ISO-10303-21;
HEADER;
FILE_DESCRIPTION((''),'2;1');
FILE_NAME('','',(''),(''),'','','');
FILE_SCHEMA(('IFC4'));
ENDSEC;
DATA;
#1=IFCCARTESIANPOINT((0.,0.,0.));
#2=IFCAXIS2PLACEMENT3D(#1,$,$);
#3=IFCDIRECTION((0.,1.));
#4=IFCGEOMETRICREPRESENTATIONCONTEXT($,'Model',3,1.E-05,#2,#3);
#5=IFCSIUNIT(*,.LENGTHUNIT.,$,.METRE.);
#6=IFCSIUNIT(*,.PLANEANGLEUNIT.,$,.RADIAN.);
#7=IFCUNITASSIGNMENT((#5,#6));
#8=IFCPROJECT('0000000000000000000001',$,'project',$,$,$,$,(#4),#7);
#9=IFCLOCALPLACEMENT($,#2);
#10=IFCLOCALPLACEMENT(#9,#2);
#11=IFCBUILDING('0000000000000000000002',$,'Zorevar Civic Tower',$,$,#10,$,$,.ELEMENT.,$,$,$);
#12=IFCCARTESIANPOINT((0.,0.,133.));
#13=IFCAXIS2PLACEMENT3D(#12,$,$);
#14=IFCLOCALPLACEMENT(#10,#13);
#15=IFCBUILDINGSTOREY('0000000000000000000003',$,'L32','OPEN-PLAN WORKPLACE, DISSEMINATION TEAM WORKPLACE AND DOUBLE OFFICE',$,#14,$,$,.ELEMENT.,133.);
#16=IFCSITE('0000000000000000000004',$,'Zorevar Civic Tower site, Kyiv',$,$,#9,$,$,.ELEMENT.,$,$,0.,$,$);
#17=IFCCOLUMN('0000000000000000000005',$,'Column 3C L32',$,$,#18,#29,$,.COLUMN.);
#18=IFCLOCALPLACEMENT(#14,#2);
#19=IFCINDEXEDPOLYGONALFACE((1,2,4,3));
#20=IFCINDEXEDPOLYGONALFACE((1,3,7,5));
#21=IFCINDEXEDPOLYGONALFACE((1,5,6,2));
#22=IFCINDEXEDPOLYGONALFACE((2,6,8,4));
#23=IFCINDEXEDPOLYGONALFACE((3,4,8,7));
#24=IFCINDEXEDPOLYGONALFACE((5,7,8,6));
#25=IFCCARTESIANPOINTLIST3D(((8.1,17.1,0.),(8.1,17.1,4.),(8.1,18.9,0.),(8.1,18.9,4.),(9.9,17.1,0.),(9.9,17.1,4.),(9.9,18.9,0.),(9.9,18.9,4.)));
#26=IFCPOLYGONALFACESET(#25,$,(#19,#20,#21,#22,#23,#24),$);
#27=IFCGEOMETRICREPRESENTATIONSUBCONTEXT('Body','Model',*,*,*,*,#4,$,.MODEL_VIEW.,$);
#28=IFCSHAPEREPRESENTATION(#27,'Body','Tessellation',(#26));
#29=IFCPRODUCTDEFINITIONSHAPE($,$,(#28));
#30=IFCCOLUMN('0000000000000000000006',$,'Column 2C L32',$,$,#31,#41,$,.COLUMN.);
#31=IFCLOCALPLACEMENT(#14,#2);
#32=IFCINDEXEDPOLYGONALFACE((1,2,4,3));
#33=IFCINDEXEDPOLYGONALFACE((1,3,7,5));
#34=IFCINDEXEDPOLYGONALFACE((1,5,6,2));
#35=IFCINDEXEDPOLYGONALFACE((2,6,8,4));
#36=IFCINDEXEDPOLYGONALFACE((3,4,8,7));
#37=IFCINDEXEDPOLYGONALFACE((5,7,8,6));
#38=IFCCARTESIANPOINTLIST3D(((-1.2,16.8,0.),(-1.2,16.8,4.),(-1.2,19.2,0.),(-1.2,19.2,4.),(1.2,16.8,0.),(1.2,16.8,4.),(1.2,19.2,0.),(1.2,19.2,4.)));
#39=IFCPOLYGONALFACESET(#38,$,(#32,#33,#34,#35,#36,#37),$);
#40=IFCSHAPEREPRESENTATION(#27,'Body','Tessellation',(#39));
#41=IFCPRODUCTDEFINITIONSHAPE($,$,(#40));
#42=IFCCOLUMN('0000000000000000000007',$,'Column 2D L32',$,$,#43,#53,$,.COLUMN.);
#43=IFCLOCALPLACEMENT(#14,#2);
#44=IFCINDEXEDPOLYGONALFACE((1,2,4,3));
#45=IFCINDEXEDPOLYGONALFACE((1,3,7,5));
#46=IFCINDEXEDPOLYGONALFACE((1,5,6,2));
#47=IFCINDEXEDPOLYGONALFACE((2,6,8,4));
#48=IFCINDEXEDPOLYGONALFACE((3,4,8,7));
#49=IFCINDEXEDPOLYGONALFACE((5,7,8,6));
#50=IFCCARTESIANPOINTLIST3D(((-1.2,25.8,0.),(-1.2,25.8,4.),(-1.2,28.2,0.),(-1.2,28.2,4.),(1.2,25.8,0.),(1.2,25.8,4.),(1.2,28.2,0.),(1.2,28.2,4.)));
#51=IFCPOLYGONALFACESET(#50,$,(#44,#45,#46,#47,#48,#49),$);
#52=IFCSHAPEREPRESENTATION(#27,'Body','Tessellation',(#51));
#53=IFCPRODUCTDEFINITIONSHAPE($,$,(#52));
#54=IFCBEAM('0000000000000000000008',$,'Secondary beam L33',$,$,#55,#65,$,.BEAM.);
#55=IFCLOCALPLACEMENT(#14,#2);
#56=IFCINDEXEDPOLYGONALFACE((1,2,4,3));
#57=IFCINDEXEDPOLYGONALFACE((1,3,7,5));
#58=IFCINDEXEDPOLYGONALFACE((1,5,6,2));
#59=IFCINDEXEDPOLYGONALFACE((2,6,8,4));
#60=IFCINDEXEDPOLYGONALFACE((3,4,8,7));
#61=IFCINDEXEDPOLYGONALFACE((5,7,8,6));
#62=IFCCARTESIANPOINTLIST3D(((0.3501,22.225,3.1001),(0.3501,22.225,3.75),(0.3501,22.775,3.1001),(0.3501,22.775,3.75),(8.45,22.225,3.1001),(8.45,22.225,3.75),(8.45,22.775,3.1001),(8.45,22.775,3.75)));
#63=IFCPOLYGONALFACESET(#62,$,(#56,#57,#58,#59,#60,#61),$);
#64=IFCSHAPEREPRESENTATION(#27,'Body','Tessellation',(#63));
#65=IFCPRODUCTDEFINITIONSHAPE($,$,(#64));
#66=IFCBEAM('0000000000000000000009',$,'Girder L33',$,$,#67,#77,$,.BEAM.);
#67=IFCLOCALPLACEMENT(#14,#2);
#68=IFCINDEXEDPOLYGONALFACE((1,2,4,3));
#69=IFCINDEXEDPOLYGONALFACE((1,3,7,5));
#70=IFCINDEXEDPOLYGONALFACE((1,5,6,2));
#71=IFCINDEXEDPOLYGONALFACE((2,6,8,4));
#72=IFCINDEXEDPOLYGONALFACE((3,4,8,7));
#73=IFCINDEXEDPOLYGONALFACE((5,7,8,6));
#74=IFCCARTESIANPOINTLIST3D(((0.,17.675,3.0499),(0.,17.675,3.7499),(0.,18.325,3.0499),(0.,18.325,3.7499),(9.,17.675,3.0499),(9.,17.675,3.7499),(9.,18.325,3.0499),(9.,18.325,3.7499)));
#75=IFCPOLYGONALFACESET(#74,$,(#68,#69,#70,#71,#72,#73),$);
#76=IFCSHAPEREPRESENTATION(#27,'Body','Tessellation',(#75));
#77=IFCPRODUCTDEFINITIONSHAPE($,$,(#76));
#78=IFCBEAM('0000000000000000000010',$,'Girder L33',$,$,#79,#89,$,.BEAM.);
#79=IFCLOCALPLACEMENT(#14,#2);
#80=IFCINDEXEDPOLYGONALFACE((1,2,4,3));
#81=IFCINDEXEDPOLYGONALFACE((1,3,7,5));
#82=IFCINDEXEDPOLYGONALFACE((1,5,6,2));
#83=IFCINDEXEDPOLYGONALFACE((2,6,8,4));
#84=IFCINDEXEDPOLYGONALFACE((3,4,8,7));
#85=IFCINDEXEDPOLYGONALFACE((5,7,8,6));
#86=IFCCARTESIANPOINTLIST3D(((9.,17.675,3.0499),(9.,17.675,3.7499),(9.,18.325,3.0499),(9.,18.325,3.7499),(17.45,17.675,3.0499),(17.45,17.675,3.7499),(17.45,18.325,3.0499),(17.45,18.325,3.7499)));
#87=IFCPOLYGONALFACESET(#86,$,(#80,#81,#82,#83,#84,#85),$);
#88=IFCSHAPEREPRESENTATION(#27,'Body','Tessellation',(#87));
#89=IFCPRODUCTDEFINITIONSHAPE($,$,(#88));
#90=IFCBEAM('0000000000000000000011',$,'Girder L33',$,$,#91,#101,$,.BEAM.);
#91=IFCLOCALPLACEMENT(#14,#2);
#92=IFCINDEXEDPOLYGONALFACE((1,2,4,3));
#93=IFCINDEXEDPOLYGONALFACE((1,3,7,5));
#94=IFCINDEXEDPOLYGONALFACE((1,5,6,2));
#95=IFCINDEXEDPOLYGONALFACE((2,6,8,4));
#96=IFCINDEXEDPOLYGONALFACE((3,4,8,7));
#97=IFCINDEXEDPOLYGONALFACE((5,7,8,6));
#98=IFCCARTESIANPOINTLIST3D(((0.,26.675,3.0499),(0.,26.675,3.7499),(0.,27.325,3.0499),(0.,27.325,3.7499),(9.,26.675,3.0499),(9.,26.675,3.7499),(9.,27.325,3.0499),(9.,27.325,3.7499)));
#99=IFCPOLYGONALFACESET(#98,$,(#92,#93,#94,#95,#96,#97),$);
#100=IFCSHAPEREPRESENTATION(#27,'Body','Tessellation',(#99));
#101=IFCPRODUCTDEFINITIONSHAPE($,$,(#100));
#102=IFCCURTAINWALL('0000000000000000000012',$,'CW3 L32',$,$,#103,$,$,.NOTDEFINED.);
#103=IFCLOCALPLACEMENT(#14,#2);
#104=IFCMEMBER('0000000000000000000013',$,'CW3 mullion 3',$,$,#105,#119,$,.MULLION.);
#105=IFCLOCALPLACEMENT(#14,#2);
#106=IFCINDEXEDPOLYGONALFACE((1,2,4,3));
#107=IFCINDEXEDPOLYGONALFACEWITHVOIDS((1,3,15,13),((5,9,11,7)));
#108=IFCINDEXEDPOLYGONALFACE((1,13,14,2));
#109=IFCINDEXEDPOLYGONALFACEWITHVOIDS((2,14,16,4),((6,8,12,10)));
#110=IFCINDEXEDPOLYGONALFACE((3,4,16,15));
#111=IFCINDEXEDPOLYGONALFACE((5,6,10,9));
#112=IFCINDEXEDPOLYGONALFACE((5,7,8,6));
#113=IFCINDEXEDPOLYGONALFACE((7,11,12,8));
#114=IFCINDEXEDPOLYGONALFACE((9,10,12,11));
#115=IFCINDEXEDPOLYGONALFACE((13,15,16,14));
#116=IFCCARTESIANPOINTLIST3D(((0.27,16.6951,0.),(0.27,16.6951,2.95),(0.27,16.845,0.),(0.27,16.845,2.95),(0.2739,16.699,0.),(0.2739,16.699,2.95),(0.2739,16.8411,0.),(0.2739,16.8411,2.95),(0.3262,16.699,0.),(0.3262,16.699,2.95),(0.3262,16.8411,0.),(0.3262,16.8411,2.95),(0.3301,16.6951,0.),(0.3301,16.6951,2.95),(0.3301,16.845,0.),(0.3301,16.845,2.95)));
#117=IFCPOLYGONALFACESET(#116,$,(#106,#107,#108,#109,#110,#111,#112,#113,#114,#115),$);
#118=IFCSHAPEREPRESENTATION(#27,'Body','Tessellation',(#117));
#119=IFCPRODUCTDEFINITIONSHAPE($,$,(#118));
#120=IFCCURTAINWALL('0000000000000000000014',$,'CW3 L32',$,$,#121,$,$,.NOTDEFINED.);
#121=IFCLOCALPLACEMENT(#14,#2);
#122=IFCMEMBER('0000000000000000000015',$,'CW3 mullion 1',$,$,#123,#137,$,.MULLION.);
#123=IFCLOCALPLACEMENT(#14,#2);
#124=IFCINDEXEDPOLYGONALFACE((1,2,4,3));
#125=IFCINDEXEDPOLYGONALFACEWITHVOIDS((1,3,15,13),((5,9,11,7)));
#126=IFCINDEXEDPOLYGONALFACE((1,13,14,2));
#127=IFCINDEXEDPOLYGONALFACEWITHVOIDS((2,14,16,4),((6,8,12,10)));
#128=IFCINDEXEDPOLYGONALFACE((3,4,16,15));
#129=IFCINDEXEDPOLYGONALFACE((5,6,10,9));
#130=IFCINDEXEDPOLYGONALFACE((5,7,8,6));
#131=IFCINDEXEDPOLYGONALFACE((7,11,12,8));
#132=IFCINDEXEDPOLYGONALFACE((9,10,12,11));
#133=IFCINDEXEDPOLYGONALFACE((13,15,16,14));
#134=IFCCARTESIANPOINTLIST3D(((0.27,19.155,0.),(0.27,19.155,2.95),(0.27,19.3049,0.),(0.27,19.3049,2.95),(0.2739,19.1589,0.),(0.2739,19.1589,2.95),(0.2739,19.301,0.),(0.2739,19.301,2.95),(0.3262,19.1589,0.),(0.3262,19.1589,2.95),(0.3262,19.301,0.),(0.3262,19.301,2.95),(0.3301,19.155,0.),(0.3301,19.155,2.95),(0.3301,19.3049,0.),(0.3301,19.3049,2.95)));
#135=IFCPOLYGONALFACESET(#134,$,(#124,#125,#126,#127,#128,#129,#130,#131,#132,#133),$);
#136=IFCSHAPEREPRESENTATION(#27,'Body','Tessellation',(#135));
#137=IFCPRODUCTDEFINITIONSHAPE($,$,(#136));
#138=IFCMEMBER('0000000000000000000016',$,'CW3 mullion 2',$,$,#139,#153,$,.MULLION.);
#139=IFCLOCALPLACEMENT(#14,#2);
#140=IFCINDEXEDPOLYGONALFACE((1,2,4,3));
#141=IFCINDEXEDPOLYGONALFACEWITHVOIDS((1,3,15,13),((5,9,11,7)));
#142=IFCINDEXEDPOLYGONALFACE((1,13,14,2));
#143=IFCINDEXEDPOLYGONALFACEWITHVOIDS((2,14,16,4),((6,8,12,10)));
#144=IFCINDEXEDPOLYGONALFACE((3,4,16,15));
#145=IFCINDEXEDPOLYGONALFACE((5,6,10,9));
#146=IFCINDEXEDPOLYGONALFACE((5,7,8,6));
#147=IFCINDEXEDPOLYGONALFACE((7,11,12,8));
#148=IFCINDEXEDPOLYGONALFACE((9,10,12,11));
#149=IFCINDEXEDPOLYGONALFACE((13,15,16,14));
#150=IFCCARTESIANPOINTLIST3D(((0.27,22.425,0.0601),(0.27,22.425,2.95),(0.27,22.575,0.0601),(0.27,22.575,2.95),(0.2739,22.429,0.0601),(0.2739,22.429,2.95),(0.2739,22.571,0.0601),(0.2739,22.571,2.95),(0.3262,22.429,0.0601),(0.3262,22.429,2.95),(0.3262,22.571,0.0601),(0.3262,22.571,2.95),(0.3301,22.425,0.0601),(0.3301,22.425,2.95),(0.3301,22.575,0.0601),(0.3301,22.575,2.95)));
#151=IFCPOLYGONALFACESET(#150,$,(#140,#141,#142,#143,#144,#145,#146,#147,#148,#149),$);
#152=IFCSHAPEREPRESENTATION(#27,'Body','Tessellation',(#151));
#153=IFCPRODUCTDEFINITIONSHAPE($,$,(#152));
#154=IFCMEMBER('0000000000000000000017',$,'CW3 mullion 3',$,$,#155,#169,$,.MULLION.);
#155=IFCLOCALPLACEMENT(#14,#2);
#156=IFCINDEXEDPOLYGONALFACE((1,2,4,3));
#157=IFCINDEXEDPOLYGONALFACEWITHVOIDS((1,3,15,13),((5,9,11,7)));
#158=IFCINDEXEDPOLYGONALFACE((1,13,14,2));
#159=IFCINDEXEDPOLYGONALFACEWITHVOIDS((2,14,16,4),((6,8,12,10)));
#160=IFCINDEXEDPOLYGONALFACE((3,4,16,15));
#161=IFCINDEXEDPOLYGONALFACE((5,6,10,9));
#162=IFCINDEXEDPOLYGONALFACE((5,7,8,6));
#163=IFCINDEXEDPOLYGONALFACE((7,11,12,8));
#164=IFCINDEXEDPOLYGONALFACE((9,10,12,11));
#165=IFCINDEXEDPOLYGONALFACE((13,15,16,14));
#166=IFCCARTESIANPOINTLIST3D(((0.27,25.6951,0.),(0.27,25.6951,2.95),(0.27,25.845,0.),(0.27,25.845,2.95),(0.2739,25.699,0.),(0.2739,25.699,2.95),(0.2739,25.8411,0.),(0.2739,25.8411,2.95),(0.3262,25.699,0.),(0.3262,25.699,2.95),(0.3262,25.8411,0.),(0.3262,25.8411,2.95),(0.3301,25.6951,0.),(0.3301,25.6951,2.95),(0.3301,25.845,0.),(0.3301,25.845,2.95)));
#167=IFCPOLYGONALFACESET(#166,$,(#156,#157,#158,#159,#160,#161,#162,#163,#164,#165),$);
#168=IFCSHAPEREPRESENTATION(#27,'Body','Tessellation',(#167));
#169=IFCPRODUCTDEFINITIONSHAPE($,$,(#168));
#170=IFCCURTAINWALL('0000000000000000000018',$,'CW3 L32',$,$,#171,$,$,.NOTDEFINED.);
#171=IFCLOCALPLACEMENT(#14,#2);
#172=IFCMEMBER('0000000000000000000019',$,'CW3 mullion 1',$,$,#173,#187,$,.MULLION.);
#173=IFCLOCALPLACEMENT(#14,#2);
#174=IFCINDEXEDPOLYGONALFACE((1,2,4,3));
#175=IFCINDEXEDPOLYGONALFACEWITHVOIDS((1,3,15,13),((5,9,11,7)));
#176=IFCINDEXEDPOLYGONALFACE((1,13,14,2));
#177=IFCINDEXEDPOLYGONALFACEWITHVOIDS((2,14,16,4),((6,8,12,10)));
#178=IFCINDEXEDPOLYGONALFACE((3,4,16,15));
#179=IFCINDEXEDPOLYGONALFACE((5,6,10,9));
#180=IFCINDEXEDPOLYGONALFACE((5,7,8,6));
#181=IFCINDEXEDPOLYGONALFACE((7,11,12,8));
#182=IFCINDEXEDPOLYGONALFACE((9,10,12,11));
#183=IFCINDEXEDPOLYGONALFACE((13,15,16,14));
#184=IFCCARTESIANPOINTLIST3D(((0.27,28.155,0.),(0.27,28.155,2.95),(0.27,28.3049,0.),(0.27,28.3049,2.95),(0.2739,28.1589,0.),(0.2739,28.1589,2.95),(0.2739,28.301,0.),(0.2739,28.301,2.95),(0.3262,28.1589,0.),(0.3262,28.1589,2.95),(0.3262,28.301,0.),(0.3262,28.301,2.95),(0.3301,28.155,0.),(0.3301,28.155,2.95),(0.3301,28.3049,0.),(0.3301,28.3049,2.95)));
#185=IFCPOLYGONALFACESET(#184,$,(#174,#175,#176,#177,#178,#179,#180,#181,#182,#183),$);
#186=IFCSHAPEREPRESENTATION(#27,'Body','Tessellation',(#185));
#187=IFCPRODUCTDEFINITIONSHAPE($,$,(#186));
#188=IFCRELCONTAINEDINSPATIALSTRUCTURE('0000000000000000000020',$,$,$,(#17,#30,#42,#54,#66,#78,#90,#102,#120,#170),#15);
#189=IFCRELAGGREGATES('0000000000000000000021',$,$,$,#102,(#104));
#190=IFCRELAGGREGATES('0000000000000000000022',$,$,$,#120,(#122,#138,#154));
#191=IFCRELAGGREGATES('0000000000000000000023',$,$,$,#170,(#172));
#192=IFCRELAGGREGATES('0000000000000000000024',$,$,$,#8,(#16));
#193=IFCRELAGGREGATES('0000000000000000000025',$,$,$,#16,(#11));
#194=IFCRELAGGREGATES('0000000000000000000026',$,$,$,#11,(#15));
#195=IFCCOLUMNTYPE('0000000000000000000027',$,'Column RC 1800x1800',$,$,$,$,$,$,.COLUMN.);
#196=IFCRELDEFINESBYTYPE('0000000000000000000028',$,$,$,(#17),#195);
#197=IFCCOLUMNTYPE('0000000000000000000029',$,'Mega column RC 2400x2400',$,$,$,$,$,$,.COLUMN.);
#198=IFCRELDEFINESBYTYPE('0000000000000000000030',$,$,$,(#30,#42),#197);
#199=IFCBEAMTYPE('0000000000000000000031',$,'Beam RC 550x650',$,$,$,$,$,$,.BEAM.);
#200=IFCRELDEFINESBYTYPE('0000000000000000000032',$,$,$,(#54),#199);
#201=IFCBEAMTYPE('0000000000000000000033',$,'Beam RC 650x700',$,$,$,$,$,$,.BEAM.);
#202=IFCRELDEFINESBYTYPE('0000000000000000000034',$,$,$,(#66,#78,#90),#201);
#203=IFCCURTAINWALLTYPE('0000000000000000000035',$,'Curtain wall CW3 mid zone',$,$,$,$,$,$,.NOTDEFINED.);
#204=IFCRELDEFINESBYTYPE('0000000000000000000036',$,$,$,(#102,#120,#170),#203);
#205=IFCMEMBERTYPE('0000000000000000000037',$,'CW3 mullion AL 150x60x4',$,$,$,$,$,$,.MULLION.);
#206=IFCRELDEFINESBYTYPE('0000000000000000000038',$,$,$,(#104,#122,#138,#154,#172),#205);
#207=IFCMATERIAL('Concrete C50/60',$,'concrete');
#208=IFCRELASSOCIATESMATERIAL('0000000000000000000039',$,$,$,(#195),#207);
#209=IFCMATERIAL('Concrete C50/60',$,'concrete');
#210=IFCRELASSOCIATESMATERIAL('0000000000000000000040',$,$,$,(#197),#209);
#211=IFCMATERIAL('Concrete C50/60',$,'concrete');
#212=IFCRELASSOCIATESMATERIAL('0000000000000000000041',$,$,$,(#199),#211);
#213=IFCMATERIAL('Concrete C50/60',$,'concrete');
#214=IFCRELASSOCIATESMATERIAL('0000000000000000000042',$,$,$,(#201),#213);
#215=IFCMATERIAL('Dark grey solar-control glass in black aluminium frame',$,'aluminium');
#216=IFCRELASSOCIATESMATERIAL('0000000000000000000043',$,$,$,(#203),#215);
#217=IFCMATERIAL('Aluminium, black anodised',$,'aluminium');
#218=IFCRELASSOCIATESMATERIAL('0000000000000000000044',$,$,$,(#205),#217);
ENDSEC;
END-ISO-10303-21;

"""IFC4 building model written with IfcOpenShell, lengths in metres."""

from ifc_helpers import new_model, si_unit, direction, frame, origin, origin_2d, place, context, subcontext, project, spatial, rectangle, hollow_rectangle, extrude, material, material_profile, profile_set, type_object, element, aggregate, save


model = new_model("IFC4")

# Units and contexts
model_context = context("Model", 3, precision=1e-05, world=origin(), true_north=direction((0.0, 1.0)))
body_context = subcontext(model_context, "Body", "Model", "MODEL_VIEW")
ifc_project = project(units=[si_unit("LENGTHUNIT", "METRE"), si_unit("PLANEANGLEUNIT", "RADIAN")], contexts=[model_context])

# Site, building, storey
site_placement = place(None, origin())
site = spatial("IfcSite", under=ifc_project, at=site_placement, Name="Zorevar Civic Tower site, Kyiv", CompositionType="ELEMENT", RefElevation=0.0)
building_placement = place(site_placement, origin())
building = spatial("IfcBuilding", under=site, at=building_placement, Name="Zorevar Civic Tower", CompositionType="ELEMENT")
storey_placement = place(building_placement, frame((0.0, 0.0, 133.0)))
storey = spatial("IfcBuildingStorey", under=building, at=storey_placement, Name="L32", Description="OPEN-PLAN WORKPLACE, DISSEMINATION TEAM WORKPLACE AND DOUBLE OFFICE", CompositionType="ELEMENT", Elevation=133.0)

# Columns
ifc_material_1 = material(Name="Concrete C50/60", Category="concrete")
ifc_material_profile_1 = material_profile(ifc_material_1, rectangle(XDim=1.8, YDim=1.8, at=origin_2d()), Name="RC 1800x1800")
ifc_profile_set_1 = profile_set([ifc_material_profile_1], Name="Concrete C50/60")
column_type_1 = type_object("IfcColumnType", Name="Column RC 1800x1800", PredefinedType="COLUMN", material=ifc_profile_set_1)
column_placement = place(storey_placement, frame((9.0, 18.0, 0.0), z_axis=(0.0, 0.0, 1.0), x_axis=(1.0, 0.0, 0.0)))
element("IfcColumn", 1, at=column_placement, inside=storey, type_object=column_type_1, Name="Column 3C L32", PredefinedType="COLUMN", context=body_context, shape_type="SweptSolid", body=[
    extrude(rectangle(XDim=1.8, YDim=1.8, at=origin_2d()), origin(), (0.0, 0.0, 1.0), 4.0),
])
ifc_material_2 = material(Name="Concrete C50/60", Category="concrete")
ifc_material_profile_2 = material_profile(ifc_material_2, rectangle(XDim=2.3999, YDim=2.3999, at=origin_2d()), Name="RC 2400x2400")
ifc_profile_set_2 = profile_set([ifc_material_profile_2], Name="Concrete C50/60")
column_type_2 = type_object("IfcColumnType", Name="Mega column RC 2400x2400", PredefinedType="COLUMN", material=ifc_profile_set_2)
for number, where, z_axis, x_axis, name in (
    (2, (0.0, 18.0, 0.0), (0.0, 0.0, 1.0), (1.0, 0.0, 0.0), "Column 2C L32"),
    (3, (0.0, 27.0, 0.0), (0.0, 0.0, 1.0), (1.0, 0.0, 0.0), "Column 2D L32"),
):
    element("IfcColumn", number, at=place(storey_placement, frame(where, z_axis=z_axis, x_axis=x_axis)), inside=storey, type_object=column_type_2, Name=name, PredefinedType="COLUMN", context=body_context, shape_type="SweptSolid", body=[
        extrude(rectangle(XDim=2.3999, YDim=2.3999, at=origin_2d()), origin(), (0.0, 0.0, 1.0), 4.0),
    ])

# Beams
ifc_material_3 = material(Name="Concrete C50/60", Category="concrete")
ifc_material_profile_3 = material_profile(ifc_material_3, rectangle(XDim=0.55, YDim=0.6499, at=origin_2d()), Name="RC 550x650")
ifc_profile_set_3 = profile_set([ifc_material_profile_3], Name="Concrete C50/60")
beam_type_1 = type_object("IfcBeamType", Name="Beam RC 550x650", PredefinedType="BEAM", material=ifc_profile_set_3)
beam_1_placement = place(storey_placement, frame((0.3501, 22.5, 3.425), z_axis=(1.0, 0.0, 0.0), x_axis=(0.0, 1.0, 0.0)))
element("IfcBeam", 4, at=beam_1_placement, inside=storey, type_object=beam_type_1, Name="Secondary beam L33", PredefinedType="BEAM", context=body_context, shape_type="SweptSolid", body=[
    extrude(rectangle(XDim=0.55, YDim=0.6499, at=origin_2d()), origin(), (0.0, 0.0, 1.0), 8.0999),
])
ifc_material_4 = material(Name="Concrete C50/60", Category="concrete")
ifc_material_profile_4 = material_profile(ifc_material_4, rectangle(XDim=0.6499, YDim=0.7, at=origin_2d()), Name="RC 650x700")
ifc_profile_set_4 = profile_set([ifc_material_profile_4], Name="Concrete C50/60")
beam_type_2 = type_object("IfcBeamType", Name="Beam RC 650x700", PredefinedType="BEAM", material=ifc_profile_set_4)
beam_2_placement = place(storey_placement, frame((0.0, 18.0, 3.3999), z_axis=(1.0, 0.0, 0.0), x_axis=(0.0, 1.0, 0.0)))
element("IfcBeam", 5, at=beam_2_placement, inside=storey, type_object=beam_type_2, Name="Girder L33", PredefinedType="BEAM", context=body_context, shape_type="SweptSolid", body=[
    extrude(rectangle(XDim=0.6499, YDim=0.7, at=origin_2d()), origin(), (0.0, 0.0, 1.0), 9.0),
])
beam_3_placement = place(storey_placement, frame((9.0, 18.0, 3.3999), z_axis=(1.0, 0.0, 0.0), x_axis=(0.0, 1.0, 0.0)))
element("IfcBeam", 6, at=beam_3_placement, inside=storey, type_object=beam_type_2, Name="Girder L33", PredefinedType="BEAM", context=body_context, shape_type="SweptSolid", body=[
    extrude(rectangle(XDim=0.6499, YDim=0.7, at=origin_2d()), origin(), (0.0, 0.0, 1.0), 8.45),
])
beam_4_placement = place(storey_placement, frame((0.0, 27.0, 3.3999), z_axis=(1.0, 0.0, 0.0), x_axis=(0.0, 1.0, 0.0)))
element("IfcBeam", 7, at=beam_4_placement, inside=storey, type_object=beam_type_2, Name="Girder L33", PredefinedType="BEAM", context=body_context, shape_type="SweptSolid", body=[
    extrude(rectangle(XDim=0.6499, YDim=0.7, at=origin_2d()), origin(), (0.0, 0.0, 1.0), 9.0),
])

# Curtain wall, member
ifc_material_5 = material(Name="Dark grey solar-control glass in black aluminium frame", Category="aluminium")
curtain_wall_type = type_object("IfcCurtainWallType", Name="Curtain wall CW3 mid zone", PredefinedType="NOTDEFINED", material=ifc_material_5)
curtain_wall_1_placement = place(storey_placement, origin())
curtain_wall_1 = element("IfcCurtainWall", 8, at=curtain_wall_1_placement, inside=storey, type_object=curtain_wall_type, Name="CW3 L32", PredefinedType="NOTDEFINED")
ifc_material_6 = material(Name="Aluminium, black anodised", Category="aluminium")
ifc_material_profile_5 = material_profile(ifc_material_6, hollow_rectangle(XDim=0.0601, YDim=0.1499, WallThickness=0.0039, at=origin_2d()), Name="AL 150x60x4")
ifc_profile_set_5 = profile_set([ifc_material_profile_5], Name="Aluminium, black anodised")
member_type_1 = type_object("IfcMemberType", Name="CW3 mullion AL 150x60x4", PredefinedType="MULLION", material=ifc_profile_set_5)
member_1_placement = place(storey_placement, frame((0.3, 16.77, 0.0), z_axis=(0.0, 0.0, 1.0), x_axis=(-1.0, 0.0, 0.0)))
member_1 = element("IfcMember", 9, at=member_1_placement, type_object=member_type_1, Name="CW3 mullion 3", PredefinedType="MULLION", context=body_context, shape_type="SweptSolid", body=[
    extrude(hollow_rectangle(XDim=0.0601, YDim=0.1499, WallThickness=0.0039, at=origin_2d()), origin(), (0.0, 0.0, 1.0), 2.95),
])

# Curtain walls, members
curtain_wall_2_placement = place(storey_placement, origin())
curtain_wall_2 = element("IfcCurtainWall", 10, at=curtain_wall_2_placement, inside=storey, type_object=curtain_wall_type, Name="CW3 L32", PredefinedType="NOTDEFINED")
member_2_placement = place(storey_placement, frame((0.3, 19.23, 0.0), z_axis=(0.0, 0.0, 1.0), x_axis=(-1.0, 0.0, 0.0)))
member_2 = element("IfcMember", 11, at=member_2_placement, type_object=member_type_1, Name="CW3 mullion 1", PredefinedType="MULLION", context=body_context, shape_type="SweptSolid", body=[
    extrude(hollow_rectangle(XDim=0.0601, YDim=0.1499, WallThickness=0.0039, at=origin_2d()), origin(), (0.0, 0.0, 1.0), 2.95),
])
member_3_placement = place(storey_placement, frame((0.3, 22.5, 0.0601), z_axis=(0.0, 0.0, 1.0), x_axis=(-1.0, 0.0, 0.0)))
member_3 = element("IfcMember", 12, at=member_3_placement, type_object=member_type_1, Name="CW3 mullion 2", PredefinedType="MULLION", context=body_context, shape_type="SweptSolid", body=[
    extrude(hollow_rectangle(XDim=0.0601, YDim=0.1499, WallThickness=0.0039, at=origin_2d()), origin(), (0.0, 0.0, 1.0), 2.8899),
])
member_4_placement = place(storey_placement, frame((0.3, 25.77, 0.0), z_axis=(0.0, 0.0, 1.0), x_axis=(-1.0, 0.0, 0.0)))
member_4 = element("IfcMember", 13, at=member_4_placement, type_object=member_type_1, Name="CW3 mullion 3", PredefinedType="MULLION", context=body_context, shape_type="SweptSolid", body=[
    extrude(hollow_rectangle(XDim=0.0601, YDim=0.1499, WallThickness=0.0039, at=origin_2d()), origin(), (0.0, 0.0, 1.0), 2.95),
])
curtain_wall_3_placement = place(storey_placement, origin())
curtain_wall_3 = element("IfcCurtainWall", 14, at=curtain_wall_3_placement, inside=storey, type_object=curtain_wall_type, Name="CW3 L32", PredefinedType="NOTDEFINED")
member_5_placement = place(storey_placement, frame((0.3, 28.23, 0.0), z_axis=(0.0, 0.0, 1.0), x_axis=(-1.0, 0.0, 0.0)))
member_5 = element("IfcMember", 15, at=member_5_placement, type_object=member_type_1, Name="CW3 mullion 1", PredefinedType="MULLION", context=body_context, shape_type="SweptSolid", body=[
    extrude(hollow_rectangle(XDim=0.0601, YDim=0.1499, WallThickness=0.0039, at=origin_2d()), origin(), (0.0, 0.0, 1.0), 2.95),
])

aggregate(curtain_wall_1, [member_1])
aggregate(curtain_wall_2, [member_2, member_3, member_4])
aggregate(curtain_wall_3, [member_5])

save(model, "model.ifc")
